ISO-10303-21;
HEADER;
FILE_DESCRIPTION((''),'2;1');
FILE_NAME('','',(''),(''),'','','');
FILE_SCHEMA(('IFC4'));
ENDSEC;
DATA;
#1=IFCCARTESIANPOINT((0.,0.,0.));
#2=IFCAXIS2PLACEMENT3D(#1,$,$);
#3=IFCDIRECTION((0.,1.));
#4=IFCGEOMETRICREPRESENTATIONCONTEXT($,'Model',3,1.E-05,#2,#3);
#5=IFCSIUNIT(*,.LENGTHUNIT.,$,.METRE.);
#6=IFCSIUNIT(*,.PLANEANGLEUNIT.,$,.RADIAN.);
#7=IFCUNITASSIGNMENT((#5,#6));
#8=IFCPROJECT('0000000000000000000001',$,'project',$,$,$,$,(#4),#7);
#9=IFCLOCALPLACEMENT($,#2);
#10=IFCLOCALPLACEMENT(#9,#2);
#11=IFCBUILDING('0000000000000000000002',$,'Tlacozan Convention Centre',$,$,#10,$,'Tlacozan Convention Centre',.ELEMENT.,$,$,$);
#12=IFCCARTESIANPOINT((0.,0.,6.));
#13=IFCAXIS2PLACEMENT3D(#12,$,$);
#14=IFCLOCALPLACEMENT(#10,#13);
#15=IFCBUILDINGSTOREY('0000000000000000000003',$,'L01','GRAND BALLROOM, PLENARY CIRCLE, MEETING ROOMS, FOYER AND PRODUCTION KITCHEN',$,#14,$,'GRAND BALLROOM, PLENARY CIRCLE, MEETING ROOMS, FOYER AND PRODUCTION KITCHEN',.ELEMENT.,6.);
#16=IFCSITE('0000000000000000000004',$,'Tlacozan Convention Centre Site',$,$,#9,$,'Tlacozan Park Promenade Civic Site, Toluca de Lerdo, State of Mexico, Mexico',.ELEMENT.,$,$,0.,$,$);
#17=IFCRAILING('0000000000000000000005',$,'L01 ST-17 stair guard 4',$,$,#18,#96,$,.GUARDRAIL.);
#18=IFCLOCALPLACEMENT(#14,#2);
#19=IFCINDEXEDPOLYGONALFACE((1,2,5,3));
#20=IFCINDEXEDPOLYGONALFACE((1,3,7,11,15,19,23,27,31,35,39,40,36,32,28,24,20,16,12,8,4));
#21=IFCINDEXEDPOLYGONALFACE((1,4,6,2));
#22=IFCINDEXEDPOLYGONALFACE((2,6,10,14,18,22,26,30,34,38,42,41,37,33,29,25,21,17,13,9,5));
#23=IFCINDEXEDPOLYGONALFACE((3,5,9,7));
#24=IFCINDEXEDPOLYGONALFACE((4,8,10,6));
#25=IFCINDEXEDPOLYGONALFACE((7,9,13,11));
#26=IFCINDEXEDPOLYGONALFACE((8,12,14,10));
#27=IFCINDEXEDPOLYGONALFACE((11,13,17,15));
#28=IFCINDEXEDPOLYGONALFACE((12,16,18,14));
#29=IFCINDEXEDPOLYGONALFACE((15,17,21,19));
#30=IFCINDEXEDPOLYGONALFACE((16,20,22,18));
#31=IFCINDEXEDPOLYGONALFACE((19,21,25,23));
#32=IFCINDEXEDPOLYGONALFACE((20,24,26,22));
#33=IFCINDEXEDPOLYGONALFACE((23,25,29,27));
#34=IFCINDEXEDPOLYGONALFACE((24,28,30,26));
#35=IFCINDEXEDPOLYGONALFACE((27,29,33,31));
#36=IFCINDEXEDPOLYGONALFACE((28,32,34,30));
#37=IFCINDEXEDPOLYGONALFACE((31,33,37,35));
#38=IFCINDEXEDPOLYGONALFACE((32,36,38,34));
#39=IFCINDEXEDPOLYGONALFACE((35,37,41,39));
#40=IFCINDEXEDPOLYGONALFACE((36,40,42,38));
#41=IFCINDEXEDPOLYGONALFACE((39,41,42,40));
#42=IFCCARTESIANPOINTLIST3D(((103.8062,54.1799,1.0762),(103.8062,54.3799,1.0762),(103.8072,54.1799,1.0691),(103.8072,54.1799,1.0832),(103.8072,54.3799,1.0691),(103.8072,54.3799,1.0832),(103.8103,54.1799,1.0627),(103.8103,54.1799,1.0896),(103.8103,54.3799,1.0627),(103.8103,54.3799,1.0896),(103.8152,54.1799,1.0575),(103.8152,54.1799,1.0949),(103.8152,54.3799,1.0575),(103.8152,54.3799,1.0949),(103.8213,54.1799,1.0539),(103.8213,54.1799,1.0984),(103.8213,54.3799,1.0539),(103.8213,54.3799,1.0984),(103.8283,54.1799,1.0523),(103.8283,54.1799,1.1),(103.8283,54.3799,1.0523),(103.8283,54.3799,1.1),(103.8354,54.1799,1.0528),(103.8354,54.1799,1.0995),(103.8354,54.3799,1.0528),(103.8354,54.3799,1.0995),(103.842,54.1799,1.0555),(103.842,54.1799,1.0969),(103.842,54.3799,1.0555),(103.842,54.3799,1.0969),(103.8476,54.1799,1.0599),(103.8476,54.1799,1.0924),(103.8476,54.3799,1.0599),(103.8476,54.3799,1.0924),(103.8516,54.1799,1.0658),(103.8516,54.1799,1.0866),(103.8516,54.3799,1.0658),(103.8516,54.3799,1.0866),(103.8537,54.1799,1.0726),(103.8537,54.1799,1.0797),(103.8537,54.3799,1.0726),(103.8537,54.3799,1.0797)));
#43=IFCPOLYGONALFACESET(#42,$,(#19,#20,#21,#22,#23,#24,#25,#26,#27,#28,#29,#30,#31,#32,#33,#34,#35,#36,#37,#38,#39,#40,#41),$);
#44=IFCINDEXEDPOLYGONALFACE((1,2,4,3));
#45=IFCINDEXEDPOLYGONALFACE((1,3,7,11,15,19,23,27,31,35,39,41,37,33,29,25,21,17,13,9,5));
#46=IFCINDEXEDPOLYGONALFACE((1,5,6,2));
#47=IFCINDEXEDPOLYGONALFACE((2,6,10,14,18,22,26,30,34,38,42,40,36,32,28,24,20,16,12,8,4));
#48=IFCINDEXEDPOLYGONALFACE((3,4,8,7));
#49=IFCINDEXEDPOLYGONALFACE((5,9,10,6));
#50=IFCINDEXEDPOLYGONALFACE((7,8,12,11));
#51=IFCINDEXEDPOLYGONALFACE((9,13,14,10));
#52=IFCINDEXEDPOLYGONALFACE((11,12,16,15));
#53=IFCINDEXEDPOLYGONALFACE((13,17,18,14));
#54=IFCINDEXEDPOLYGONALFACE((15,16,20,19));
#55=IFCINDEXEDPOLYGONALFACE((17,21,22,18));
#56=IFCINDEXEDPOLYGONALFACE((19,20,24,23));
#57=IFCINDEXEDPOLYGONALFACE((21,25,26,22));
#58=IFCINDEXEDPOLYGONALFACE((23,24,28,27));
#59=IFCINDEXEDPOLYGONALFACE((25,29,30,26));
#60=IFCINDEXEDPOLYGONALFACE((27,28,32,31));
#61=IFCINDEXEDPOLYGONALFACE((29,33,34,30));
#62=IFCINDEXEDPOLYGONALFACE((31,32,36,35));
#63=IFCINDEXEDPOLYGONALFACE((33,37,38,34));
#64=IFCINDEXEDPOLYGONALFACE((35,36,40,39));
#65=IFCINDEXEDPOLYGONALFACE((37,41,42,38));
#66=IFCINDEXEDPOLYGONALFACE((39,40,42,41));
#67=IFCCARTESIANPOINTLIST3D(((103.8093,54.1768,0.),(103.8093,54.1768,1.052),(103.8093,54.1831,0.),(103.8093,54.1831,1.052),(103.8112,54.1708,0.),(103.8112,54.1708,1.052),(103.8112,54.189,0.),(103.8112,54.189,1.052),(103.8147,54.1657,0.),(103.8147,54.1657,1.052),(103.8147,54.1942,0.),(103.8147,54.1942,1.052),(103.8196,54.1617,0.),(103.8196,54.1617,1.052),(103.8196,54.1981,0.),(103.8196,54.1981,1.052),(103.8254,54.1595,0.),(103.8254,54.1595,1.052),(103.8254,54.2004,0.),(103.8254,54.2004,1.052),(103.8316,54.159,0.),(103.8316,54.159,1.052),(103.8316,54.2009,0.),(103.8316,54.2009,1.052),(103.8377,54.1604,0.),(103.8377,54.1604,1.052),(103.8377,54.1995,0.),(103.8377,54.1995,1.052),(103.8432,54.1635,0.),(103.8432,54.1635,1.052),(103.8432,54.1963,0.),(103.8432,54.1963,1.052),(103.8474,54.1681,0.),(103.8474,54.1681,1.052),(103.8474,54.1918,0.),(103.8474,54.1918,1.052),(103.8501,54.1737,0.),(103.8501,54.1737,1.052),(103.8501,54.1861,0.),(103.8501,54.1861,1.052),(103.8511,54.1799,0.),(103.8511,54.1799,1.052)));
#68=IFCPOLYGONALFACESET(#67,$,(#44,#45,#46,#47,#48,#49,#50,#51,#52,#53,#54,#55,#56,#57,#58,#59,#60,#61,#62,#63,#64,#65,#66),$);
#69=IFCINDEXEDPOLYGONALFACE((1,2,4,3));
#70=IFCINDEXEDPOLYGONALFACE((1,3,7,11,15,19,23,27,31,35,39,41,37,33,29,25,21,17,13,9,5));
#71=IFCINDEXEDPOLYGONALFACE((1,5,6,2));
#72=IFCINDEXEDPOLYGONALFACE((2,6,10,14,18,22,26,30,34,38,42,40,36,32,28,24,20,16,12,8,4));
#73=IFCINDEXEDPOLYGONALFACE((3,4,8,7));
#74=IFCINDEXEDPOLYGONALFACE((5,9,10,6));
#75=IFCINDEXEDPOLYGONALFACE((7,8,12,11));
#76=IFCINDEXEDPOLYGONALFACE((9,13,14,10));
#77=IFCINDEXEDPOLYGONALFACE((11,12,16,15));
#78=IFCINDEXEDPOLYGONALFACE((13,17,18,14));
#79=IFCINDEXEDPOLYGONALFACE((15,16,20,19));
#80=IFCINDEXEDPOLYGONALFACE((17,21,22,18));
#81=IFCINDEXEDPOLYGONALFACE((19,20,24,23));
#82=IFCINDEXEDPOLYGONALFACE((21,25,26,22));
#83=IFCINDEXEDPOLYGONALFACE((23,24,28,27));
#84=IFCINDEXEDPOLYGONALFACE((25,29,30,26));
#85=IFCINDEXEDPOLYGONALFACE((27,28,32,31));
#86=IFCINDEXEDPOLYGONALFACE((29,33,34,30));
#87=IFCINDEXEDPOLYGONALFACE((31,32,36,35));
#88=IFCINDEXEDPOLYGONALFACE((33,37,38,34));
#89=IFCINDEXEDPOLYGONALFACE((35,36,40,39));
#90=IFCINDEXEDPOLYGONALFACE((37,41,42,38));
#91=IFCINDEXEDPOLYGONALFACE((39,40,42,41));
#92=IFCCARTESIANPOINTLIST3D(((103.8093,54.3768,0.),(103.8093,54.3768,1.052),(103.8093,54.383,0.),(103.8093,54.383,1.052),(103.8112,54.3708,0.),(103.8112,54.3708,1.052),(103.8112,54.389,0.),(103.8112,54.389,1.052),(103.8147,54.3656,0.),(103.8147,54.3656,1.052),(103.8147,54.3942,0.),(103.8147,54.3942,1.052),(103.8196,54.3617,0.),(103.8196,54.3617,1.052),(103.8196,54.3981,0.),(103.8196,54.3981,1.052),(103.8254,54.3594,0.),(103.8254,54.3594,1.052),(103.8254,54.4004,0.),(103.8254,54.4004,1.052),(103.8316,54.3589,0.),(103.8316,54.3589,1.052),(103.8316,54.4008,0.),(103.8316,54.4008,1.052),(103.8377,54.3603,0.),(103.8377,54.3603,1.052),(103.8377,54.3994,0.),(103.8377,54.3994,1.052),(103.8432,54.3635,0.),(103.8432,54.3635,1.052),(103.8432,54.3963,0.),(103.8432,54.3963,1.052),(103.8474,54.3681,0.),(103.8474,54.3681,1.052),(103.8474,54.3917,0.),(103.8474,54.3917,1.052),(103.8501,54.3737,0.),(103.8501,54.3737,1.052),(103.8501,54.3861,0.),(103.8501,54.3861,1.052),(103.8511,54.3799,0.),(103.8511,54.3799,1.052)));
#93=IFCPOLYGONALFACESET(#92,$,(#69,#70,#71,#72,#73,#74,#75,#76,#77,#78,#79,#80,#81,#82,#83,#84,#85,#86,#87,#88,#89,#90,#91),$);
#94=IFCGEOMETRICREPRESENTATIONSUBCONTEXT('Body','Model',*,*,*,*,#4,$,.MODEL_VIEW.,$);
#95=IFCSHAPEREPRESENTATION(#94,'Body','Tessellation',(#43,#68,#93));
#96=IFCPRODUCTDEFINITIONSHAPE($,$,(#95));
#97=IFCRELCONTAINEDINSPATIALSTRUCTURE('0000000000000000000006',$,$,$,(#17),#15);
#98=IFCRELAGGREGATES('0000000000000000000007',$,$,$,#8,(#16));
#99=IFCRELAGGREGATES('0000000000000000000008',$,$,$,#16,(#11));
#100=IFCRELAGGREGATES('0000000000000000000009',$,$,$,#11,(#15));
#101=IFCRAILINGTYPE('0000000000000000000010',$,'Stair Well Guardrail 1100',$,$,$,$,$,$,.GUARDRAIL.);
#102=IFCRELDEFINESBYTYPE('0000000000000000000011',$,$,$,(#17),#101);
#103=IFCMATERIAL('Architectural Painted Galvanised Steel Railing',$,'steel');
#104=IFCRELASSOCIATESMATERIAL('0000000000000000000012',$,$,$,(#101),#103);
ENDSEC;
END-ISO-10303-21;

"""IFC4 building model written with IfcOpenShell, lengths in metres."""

from ifc_helpers import new_model, si_unit, direction, frame, origin, origin_2d, place, context, subcontext, project, spatial, circle, extrude, material, type_object, element, save


model = new_model("IFC4")

# Units and contexts
model_context = context("Model", 3, precision=1e-05, world=origin(), true_north=direction((0.0, 1.0)))
body_context = subcontext(model_context, "Body", "Model", "MODEL_VIEW")
ifc_project = project(units=[si_unit("LENGTHUNIT", "METRE"), si_unit("PLANEANGLEUNIT", "RADIAN")], contexts=[model_context])

# Site, building, storey
site_placement = place(None, origin())
site = spatial("IfcSite", under=ifc_project, at=site_placement, Name="Tlacozan Convention Centre Site", LongName="Tlacozan Park Promenade Civic Site, Toluca de Lerdo, State of Mexico, Mexico", CompositionType="ELEMENT", RefElevation=0.0)
building_placement = place(site_placement, origin())
building = spatial("IfcBuilding", under=site, at=building_placement, Name="Tlacozan Convention Centre", LongName="Tlacozan Convention Centre", CompositionType="ELEMENT")
storey_placement = place(building_placement, frame((0.0, 0.0, 6.0)))
storey = spatial("IfcBuildingStorey", under=building, at=storey_placement, Name="L01", Description="GRAND BALLROOM, PLENARY CIRCLE, MEETING ROOMS, FOYER AND PRODUCTION KITCHEN", LongName="GRAND BALLROOM, PLENARY CIRCLE, MEETING ROOMS, FOYER AND PRODUCTION KITCHEN", CompositionType="ELEMENT", Elevation=6.0)

# Railing
ifc_material_1 = material(Name="Architectural Painted Galvanised Steel Railing", Category="steel")
railing_type_1 = type_object("IfcRailingType", Name="Stair Well Guardrail 1100", PredefinedType="GUARDRAIL", material=ifc_material_1)
railing_1_placement = place(storey_placement, frame((103.8301, 54.1799, 0.0)))
element("IfcRailing", 1, at=railing_1_placement, inside=storey, type_object=railing_type_1, Name="L01 ST-17 stair guard 4", PredefinedType="GUARDRAIL", context=body_context, shape_type="SweptSolid", body=[
    extrude(circle(Radius=0.0239, at=origin_2d()), frame((0.0, 0.0, 1.0762), z_axis=(0.0, 1.0, 0.0), x_axis=(-1.0, 0.0, 0.0)), (0.0, 0.0, 1.0), 0.2),
    extrude(circle(Radius=0.021, at=origin_2d()), origin(), (0.0, 0.0, 1.0), 1.052),
    extrude(circle(Radius=0.021, at=origin_2d()), frame((0.0, 0.2, 0.0)), (0.0, 0.0, 1.0), 1.052),
])

save(model, "model.ifc")
